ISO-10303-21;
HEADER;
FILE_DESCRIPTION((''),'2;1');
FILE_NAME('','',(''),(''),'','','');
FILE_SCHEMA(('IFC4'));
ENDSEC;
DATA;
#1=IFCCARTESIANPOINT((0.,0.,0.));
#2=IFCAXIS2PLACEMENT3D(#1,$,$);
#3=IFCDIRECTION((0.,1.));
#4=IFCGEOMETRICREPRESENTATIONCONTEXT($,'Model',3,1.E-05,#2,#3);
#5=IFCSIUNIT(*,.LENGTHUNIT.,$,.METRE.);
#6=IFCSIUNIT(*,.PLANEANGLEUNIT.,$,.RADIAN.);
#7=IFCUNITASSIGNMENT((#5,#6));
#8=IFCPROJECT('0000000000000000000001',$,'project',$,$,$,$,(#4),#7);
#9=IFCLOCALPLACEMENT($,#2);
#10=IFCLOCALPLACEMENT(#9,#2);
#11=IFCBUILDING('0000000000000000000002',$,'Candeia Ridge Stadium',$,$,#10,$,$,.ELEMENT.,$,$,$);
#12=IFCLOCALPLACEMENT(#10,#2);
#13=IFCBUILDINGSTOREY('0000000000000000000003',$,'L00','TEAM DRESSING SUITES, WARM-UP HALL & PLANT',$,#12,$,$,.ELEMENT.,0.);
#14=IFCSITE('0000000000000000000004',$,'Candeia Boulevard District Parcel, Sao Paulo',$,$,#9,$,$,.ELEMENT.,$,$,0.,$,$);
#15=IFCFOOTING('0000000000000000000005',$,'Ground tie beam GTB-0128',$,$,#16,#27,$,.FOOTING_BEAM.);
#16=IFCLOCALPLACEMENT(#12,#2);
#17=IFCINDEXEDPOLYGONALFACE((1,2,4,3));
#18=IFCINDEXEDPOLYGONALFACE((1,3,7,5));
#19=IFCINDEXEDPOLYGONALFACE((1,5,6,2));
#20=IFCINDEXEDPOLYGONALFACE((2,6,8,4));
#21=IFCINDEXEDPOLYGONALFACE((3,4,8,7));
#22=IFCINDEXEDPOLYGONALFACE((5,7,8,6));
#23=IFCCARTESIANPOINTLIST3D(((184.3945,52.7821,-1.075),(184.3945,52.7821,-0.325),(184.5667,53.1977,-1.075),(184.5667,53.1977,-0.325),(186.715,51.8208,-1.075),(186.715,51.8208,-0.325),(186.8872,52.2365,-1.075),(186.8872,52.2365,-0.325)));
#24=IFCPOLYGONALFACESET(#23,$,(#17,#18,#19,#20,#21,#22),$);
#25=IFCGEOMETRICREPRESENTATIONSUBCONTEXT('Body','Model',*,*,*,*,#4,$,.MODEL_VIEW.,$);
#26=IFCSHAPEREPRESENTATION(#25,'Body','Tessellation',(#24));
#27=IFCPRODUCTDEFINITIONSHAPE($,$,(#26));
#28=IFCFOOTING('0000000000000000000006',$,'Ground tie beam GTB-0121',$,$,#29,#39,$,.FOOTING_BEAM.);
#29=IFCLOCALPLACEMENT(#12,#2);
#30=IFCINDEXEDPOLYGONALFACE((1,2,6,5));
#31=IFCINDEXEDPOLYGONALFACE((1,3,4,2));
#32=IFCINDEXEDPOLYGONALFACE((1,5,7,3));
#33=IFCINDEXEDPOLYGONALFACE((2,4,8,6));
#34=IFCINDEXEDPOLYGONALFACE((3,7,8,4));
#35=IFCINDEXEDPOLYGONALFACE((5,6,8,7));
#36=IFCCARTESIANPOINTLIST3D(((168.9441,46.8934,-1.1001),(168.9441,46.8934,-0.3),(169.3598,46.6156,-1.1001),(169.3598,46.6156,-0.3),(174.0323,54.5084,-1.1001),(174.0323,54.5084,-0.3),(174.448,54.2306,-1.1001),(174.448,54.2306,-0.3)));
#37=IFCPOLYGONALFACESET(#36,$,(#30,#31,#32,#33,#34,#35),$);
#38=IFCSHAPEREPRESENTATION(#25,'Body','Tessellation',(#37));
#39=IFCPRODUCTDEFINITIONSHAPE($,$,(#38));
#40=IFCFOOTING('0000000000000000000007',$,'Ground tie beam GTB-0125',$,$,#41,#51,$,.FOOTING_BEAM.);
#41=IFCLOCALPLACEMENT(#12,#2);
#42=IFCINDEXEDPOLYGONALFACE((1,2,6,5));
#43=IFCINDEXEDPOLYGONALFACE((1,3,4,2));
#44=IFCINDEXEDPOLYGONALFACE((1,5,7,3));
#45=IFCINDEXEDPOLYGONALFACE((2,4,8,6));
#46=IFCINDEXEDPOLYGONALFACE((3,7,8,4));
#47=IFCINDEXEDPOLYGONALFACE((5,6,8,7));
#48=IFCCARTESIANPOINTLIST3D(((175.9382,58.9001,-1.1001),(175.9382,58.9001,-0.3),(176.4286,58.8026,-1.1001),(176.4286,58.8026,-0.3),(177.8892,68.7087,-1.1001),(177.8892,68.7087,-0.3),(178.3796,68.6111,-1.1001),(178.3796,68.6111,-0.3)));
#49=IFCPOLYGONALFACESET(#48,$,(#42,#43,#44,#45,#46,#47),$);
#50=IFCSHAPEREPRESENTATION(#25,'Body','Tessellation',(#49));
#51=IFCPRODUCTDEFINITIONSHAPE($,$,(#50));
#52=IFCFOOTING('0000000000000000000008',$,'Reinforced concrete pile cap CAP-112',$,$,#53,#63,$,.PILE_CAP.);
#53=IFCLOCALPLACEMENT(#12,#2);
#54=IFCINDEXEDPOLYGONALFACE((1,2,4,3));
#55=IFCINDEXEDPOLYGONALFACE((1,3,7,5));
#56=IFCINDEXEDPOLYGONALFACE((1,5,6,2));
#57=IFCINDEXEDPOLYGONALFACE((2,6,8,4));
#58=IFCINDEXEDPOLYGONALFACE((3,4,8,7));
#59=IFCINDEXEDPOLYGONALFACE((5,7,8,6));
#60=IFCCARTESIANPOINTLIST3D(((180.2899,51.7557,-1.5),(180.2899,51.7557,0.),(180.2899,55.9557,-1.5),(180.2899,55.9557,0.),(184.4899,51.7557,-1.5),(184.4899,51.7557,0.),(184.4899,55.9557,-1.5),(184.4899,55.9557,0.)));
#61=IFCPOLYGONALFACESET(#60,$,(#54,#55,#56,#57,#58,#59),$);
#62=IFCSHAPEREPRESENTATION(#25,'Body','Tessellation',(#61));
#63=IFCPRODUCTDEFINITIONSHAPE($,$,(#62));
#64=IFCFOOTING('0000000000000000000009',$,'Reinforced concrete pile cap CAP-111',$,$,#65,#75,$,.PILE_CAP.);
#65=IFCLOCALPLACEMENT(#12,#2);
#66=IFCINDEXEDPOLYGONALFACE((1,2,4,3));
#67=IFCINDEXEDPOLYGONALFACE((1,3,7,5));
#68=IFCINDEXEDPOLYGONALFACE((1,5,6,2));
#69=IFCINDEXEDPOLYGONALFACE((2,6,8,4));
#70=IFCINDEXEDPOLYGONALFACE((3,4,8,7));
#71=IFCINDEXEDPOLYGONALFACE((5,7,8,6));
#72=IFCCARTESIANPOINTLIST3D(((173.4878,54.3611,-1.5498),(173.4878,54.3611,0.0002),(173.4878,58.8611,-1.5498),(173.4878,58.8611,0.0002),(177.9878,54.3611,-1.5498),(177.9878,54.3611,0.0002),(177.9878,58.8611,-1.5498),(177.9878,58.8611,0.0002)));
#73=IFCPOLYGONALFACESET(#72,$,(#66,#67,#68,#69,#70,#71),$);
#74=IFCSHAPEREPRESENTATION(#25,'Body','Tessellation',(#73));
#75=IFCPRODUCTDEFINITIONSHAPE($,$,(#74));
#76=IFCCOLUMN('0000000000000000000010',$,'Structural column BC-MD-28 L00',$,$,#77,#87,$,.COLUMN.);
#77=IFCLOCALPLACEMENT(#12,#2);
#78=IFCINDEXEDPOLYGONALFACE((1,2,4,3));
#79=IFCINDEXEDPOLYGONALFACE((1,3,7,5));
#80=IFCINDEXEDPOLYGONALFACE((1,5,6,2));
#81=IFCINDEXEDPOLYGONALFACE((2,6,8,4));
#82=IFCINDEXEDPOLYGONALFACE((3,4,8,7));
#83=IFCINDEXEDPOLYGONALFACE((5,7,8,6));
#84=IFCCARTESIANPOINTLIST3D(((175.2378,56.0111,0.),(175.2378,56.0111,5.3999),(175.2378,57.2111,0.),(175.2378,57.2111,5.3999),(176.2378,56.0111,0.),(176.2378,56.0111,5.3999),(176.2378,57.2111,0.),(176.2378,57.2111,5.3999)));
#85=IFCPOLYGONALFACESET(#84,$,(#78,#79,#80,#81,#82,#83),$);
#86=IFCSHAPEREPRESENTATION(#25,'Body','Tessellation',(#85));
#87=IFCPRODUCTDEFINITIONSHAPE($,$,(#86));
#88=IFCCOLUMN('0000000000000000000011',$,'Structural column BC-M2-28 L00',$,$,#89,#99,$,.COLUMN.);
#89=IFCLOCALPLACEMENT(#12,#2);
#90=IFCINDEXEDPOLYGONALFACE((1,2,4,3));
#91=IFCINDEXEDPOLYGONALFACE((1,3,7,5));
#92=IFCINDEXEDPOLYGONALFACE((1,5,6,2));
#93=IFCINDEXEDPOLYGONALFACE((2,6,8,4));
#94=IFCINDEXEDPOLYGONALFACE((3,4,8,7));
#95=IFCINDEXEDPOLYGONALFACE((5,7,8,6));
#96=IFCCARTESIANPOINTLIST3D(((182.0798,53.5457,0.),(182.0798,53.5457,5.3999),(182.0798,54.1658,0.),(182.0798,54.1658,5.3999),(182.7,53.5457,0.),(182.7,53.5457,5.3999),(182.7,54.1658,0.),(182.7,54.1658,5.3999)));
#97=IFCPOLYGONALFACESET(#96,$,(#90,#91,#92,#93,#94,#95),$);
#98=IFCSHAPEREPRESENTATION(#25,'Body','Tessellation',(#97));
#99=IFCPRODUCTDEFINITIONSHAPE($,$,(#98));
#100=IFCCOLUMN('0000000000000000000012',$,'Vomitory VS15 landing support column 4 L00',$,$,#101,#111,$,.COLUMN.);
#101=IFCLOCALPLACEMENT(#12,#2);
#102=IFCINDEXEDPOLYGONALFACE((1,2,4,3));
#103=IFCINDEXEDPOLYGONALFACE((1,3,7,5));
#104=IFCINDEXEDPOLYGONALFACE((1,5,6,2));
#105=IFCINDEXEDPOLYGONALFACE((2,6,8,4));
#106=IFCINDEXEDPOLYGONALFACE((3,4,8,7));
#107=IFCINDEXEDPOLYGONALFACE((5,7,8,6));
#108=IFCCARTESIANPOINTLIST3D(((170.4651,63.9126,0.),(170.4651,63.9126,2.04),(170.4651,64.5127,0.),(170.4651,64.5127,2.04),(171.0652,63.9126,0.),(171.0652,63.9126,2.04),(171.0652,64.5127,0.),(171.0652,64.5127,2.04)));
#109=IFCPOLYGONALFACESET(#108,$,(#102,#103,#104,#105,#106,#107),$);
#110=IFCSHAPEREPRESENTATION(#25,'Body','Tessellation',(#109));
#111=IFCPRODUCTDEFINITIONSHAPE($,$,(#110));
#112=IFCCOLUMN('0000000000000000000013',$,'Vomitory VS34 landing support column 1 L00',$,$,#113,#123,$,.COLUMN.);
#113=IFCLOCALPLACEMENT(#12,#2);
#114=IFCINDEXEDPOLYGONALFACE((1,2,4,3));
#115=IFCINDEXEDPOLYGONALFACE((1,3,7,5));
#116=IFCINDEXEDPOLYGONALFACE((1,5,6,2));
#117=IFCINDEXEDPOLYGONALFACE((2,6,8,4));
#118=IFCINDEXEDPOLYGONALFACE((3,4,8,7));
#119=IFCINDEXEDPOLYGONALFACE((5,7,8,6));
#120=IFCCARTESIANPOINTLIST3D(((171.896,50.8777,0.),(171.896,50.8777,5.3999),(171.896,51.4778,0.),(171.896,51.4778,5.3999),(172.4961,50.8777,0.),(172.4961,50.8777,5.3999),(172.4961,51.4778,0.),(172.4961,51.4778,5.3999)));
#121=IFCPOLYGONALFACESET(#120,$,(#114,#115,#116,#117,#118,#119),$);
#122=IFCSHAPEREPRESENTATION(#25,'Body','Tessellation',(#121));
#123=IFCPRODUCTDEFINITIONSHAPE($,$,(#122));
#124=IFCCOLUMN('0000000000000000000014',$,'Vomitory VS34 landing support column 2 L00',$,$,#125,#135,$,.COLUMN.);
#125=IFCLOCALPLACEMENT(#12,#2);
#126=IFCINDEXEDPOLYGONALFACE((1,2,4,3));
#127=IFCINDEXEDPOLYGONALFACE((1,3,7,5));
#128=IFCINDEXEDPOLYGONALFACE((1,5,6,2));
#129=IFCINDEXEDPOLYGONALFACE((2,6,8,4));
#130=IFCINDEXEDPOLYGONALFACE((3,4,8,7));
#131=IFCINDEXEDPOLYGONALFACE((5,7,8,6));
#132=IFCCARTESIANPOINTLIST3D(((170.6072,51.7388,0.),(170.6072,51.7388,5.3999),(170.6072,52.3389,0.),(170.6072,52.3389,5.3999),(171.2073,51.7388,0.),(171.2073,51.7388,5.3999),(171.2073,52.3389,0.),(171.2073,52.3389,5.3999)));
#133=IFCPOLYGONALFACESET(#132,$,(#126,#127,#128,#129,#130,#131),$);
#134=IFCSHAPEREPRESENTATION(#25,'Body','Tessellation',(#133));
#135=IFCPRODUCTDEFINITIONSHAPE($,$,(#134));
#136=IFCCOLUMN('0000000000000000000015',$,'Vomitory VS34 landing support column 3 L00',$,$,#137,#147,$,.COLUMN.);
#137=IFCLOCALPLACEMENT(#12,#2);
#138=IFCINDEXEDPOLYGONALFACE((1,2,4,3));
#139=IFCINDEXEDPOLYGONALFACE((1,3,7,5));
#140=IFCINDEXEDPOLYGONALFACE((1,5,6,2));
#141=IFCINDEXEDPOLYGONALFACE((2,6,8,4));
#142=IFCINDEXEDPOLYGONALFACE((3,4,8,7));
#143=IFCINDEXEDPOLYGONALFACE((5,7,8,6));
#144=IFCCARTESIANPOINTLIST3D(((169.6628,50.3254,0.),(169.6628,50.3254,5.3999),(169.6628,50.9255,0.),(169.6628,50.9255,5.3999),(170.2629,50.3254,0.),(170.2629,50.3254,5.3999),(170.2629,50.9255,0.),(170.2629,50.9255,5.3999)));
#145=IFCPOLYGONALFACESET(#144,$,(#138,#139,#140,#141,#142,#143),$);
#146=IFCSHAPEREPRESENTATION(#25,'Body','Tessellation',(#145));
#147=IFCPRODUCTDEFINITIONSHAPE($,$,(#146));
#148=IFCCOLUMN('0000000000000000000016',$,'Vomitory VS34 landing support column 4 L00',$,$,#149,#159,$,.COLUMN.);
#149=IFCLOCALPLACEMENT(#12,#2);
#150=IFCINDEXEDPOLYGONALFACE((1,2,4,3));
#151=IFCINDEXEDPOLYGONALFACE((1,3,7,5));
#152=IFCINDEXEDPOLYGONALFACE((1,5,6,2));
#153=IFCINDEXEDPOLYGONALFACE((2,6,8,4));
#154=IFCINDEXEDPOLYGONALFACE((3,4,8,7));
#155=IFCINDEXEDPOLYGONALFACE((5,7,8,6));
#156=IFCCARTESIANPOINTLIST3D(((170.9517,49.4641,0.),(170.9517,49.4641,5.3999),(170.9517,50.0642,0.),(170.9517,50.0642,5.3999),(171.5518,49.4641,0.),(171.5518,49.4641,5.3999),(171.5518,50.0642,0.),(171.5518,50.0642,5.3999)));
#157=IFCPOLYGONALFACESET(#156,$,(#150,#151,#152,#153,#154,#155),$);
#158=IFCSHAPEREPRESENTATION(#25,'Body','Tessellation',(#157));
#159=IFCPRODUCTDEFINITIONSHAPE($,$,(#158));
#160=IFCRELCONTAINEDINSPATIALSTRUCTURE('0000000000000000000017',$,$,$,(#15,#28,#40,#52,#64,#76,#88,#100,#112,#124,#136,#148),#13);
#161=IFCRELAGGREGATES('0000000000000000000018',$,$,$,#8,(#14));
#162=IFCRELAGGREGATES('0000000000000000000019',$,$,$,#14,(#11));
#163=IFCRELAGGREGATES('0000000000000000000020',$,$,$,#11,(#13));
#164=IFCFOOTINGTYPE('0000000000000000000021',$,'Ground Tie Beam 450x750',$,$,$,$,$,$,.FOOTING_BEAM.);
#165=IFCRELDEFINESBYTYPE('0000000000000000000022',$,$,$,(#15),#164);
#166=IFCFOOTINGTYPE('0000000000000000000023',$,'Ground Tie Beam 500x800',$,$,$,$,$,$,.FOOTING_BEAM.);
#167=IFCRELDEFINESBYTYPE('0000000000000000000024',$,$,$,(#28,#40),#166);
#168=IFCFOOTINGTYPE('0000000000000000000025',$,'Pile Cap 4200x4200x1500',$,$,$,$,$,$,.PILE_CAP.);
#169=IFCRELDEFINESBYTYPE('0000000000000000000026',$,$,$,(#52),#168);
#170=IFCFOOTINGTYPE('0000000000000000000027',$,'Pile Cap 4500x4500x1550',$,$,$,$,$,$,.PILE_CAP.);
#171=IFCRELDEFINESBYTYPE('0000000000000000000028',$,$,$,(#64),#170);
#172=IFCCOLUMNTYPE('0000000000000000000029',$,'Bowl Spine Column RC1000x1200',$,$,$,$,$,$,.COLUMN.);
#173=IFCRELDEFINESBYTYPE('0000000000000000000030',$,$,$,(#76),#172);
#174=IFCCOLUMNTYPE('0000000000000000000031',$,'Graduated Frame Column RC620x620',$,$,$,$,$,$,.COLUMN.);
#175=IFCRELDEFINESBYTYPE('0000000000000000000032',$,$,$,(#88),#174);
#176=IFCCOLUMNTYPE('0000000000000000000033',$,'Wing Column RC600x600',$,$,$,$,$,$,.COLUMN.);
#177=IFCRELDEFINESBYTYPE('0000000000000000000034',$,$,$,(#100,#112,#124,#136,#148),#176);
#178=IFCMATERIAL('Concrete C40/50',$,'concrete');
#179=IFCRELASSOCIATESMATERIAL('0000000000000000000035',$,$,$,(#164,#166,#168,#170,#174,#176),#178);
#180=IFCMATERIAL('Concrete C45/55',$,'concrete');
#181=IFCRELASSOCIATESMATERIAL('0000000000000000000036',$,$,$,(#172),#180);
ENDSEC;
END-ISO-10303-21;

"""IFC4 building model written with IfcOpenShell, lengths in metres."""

from ifc_helpers import new_model, si_unit, direction, frame, origin, origin_2d, place, context, subcontext, project, spatial, rectangle, extrude, material, material_profile, profile_set, type_object, element, save


model = new_model("IFC4")

# Units and contexts
model_context = context("Model", 3, precision=1e-05, world=origin(), true_north=direction((0.0, 1.0)))
body_context = subcontext(model_context, "Body", "Model", "MODEL_VIEW")
ifc_project = project(units=[si_unit("LENGTHUNIT", "METRE"), si_unit("PLANEANGLEUNIT", "RADIAN")], contexts=[model_context])

# Site, building, storey
site_placement = place(None, origin())
site = spatial("IfcSite", under=ifc_project, at=site_placement, Name="Candeia Boulevard District Parcel, Sao Paulo", CompositionType="ELEMENT", RefElevation=0.0)
building_placement = place(site_placement, origin())
building = spatial("IfcBuilding", under=site, at=building_placement, Name="Candeia Ridge Stadium", CompositionType="ELEMENT")
storey_placement = place(building_placement, origin())
storey = spatial("IfcBuildingStorey", under=building, at=storey_placement, Name="L00", Description="TEAM DRESSING SUITES, WARM-UP HALL & PLANT", CompositionType="ELEMENT", Elevation=0.0)

# Shared definitions
ifc_material_1 = material(Name="Concrete C40/50", Category="concrete")

# Footings
footing_type_1 = type_object("IfcFootingType", Name="Ground Tie Beam 450x750", PredefinedType="FOOTING_BEAM", material=ifc_material_1)
footing_1_placement = place(storey_placement, frame((185.6409, 52.5093, -1.075), z_axis=(0.0, 0.0, 1.0), x_axis=(0.923871, -0.382703, 0.0)))
element("IfcFooting", 1, at=footing_1_placement, inside=storey, type_object=footing_type_1, Name="Ground tie beam GTB-0128", PredefinedType="FOOTING_BEAM", context=body_context, shape_type="SweptSolid", body=[
    extrude(rectangle(XDim=2.5117, YDim=0.45, at=origin_2d()), origin(), (0.0, 0.0, 1.0), 0.75),
])
footing_type_2 = type_object("IfcFootingType", Name="Ground Tie Beam 500x800", PredefinedType="FOOTING_BEAM", material=ifc_material_1)
footing_2_placement = place(storey_placement, frame((171.696, 50.562, -1.1001), z_axis=(0.0, 0.0, 1.0), x_axis=(0.555569, 0.83147, 0.0)))
element("IfcFooting", 2, at=footing_2_placement, inside=storey, type_object=footing_type_2, Name="Ground tie beam GTB-0121", PredefinedType="FOOTING_BEAM", context=body_context, shape_type="SweptSolid", body=[
    extrude(rectangle(XDim=9.1584, YDim=0.5, at=origin_2d()), origin(), (0.0, 0.0, 1.0), 0.8),
])
footing_3_placement = place(storey_placement, frame((177.1589, 63.7556, -1.1001), z_axis=(0.0, 0.0, 1.0), x_axis=(0.195087, 0.980786, 0.0)))
element("IfcFooting", 3, at=footing_3_placement, inside=storey, type_object=footing_type_2, Name="Ground tie beam GTB-0125", PredefinedType="FOOTING_BEAM", context=body_context, shape_type="SweptSolid", body=[
    extrude(rectangle(XDim=10.0007, YDim=0.5, at=origin_2d()), origin(), (0.0, 0.0, 1.0), 0.8),
])
footing_type_3 = type_object("IfcFootingType", Name="Pile Cap 4200x4200x1500", PredefinedType="PILE_CAP", material=ifc_material_1)
footing_4_placement = place(storey_placement, frame((182.3899, 53.8557, -1.5), z_axis=(0.0, 0.0, 1.0), x_axis=(1.0, 0.0, 0.0)))
element("IfcFooting", 4, at=footing_4_placement, inside=storey, type_object=footing_type_3, Name="Reinforced concrete pile cap CAP-112", PredefinedType="PILE_CAP", context=body_context, shape_type="SweptSolid", body=[
    extrude(rectangle(XDim=4.2, YDim=4.2, at=origin_2d()), origin(), (0.0, 0.0, 1.0), 1.5),
])
footing_type_4 = type_object("IfcFootingType", Name="Pile Cap 4500x4500x1550", PredefinedType="PILE_CAP", material=ifc_material_1)
footing_5_placement = place(storey_placement, frame((175.7378, 56.6111, -1.5498), z_axis=(0.0, 0.0, 1.0), x_axis=(1.0, 0.0, 0.0)))
element("IfcFooting", 5, at=footing_5_placement, inside=storey, type_object=footing_type_4, Name="Reinforced concrete pile cap CAP-111", PredefinedType="PILE_CAP", context=body_context, shape_type="SweptSolid", body=[
    extrude(rectangle(XDim=4.5, YDim=4.5, at=origin_2d()), origin(), (0.0, 0.0, 1.0), 1.55),
])

# Columns
ifc_material_2 = material(Name="Concrete C45/55", Category="concrete")
ifc_material_profile_1 = material_profile(ifc_material_2, rectangle(XDim=1.0, YDim=1.2, at=origin_2d()), Name="RC1000x1200", Category="concrete")
ifc_profile_set_1 = profile_set([ifc_material_profile_1], Name="Concrete C45/55")
column_type_1 = type_object("IfcColumnType", Name="Bowl Spine Column RC1000x1200", PredefinedType="COLUMN", material=ifc_profile_set_1)
column_1_placement = place(storey_placement, frame((175.7378, 56.6111, 0.0), z_axis=(0.0, 0.0, 1.0), x_axis=(1.0, 0.0, 0.0)))
element("IfcColumn", 6, at=column_1_placement, inside=storey, type_object=column_type_1, Name="Structural column BC-MD-28 L00", PredefinedType="COLUMN", context=body_context, shape_type="SweptSolid", body=[
    extrude(rectangle(XDim=1.0, YDim=1.2, at=origin_2d()), origin(), (0.0, 0.0, 1.0), 5.3999),
])
ifc_material_profile_2 = material_profile(ifc_material_1, rectangle(XDim=0.6201, YDim=0.6201, at=origin_2d()), Name="RC620x620", Category="concrete")
ifc_profile_set_2 = profile_set([ifc_material_profile_2], Name="Concrete C40/50")
column_type_2 = type_object("IfcColumnType", Name="Graduated Frame Column RC620x620", PredefinedType="COLUMN", material=ifc_profile_set_2)
column_2_placement = place(storey_placement, frame((182.3899, 53.8557, 0.0), z_axis=(0.0, 0.0, 1.0), x_axis=(1.0, 0.0, 0.0)))
element("IfcColumn", 7, at=column_2_placement, inside=storey, type_object=column_type_2, Name="Structural column BC-M2-28 L00", PredefinedType="COLUMN", context=body_context, shape_type="SweptSolid", body=[
    extrude(rectangle(XDim=0.6201, YDim=0.6201, at=origin_2d()), origin(), (0.0, 0.0, 1.0), 5.3999),
])
ifc_material_profile_3 = material_profile(ifc_material_1, rectangle(XDim=0.6001, YDim=0.6001, at=origin_2d()), Name="RC600x600", Category="concrete")
ifc_profile_set_3 = profile_set([ifc_material_profile_3], Name="Concrete C40/50")
column_type_3 = type_object("IfcColumnType", Name="Wing Column RC600x600", PredefinedType="COLUMN", material=ifc_profile_set_3)
column_3_placement = place(storey_placement, frame((170.7651, 64.2126, 0.0), z_axis=(0.0, 0.0, 1.0), x_axis=(1.0, 0.0, 0.0)))
element("IfcColumn", 8, at=column_3_placement, inside=storey, type_object=column_type_3, Name="Vomitory VS15 landing support column 4 L00", PredefinedType="COLUMN", context=body_context, shape_type="SweptSolid", body=[
    extrude(rectangle(XDim=0.6001, YDim=0.6001, at=origin_2d()), origin(), (0.0, 0.0, 1.0), 2.04),
])
for number, where, z_axis, x_axis, name in (
    (9, (172.196, 51.1777, 0.0), (0.0, 0.0, 1.0), (1.0, 0.0, 0.0), "Vomitory VS34 landing support column 1 L00"),
    (10, (170.9072, 52.0388, 0.0), (0.0, 0.0, 1.0), (1.0, 0.0, 0.0), "Vomitory VS34 landing support column 2 L00"),
    (11, (169.9629, 50.6255, 0.0), (0.0, 0.0, 1.0), (1.0, 0.0, 0.0), "Vomitory VS34 landing support column 3 L00"),
    (12, (171.2517, 49.7642, 0.0), (0.0, 0.0, 1.0), (1.0, 0.0, 0.0), "Vomitory VS34 landing support column 4 L00"),
):
    element("IfcColumn", number, at=place(storey_placement, frame(where, z_axis=z_axis, x_axis=x_axis)), inside=storey, type_object=column_type_3, Name=name, PredefinedType="COLUMN", context=body_context, shape_type="SweptSolid", body=[
        extrude(rectangle(XDim=0.6001, YDim=0.6001, at=origin_2d()), origin(), (0.0, 0.0, 1.0), 5.3999),
    ])

save(model, "model.ifc")
